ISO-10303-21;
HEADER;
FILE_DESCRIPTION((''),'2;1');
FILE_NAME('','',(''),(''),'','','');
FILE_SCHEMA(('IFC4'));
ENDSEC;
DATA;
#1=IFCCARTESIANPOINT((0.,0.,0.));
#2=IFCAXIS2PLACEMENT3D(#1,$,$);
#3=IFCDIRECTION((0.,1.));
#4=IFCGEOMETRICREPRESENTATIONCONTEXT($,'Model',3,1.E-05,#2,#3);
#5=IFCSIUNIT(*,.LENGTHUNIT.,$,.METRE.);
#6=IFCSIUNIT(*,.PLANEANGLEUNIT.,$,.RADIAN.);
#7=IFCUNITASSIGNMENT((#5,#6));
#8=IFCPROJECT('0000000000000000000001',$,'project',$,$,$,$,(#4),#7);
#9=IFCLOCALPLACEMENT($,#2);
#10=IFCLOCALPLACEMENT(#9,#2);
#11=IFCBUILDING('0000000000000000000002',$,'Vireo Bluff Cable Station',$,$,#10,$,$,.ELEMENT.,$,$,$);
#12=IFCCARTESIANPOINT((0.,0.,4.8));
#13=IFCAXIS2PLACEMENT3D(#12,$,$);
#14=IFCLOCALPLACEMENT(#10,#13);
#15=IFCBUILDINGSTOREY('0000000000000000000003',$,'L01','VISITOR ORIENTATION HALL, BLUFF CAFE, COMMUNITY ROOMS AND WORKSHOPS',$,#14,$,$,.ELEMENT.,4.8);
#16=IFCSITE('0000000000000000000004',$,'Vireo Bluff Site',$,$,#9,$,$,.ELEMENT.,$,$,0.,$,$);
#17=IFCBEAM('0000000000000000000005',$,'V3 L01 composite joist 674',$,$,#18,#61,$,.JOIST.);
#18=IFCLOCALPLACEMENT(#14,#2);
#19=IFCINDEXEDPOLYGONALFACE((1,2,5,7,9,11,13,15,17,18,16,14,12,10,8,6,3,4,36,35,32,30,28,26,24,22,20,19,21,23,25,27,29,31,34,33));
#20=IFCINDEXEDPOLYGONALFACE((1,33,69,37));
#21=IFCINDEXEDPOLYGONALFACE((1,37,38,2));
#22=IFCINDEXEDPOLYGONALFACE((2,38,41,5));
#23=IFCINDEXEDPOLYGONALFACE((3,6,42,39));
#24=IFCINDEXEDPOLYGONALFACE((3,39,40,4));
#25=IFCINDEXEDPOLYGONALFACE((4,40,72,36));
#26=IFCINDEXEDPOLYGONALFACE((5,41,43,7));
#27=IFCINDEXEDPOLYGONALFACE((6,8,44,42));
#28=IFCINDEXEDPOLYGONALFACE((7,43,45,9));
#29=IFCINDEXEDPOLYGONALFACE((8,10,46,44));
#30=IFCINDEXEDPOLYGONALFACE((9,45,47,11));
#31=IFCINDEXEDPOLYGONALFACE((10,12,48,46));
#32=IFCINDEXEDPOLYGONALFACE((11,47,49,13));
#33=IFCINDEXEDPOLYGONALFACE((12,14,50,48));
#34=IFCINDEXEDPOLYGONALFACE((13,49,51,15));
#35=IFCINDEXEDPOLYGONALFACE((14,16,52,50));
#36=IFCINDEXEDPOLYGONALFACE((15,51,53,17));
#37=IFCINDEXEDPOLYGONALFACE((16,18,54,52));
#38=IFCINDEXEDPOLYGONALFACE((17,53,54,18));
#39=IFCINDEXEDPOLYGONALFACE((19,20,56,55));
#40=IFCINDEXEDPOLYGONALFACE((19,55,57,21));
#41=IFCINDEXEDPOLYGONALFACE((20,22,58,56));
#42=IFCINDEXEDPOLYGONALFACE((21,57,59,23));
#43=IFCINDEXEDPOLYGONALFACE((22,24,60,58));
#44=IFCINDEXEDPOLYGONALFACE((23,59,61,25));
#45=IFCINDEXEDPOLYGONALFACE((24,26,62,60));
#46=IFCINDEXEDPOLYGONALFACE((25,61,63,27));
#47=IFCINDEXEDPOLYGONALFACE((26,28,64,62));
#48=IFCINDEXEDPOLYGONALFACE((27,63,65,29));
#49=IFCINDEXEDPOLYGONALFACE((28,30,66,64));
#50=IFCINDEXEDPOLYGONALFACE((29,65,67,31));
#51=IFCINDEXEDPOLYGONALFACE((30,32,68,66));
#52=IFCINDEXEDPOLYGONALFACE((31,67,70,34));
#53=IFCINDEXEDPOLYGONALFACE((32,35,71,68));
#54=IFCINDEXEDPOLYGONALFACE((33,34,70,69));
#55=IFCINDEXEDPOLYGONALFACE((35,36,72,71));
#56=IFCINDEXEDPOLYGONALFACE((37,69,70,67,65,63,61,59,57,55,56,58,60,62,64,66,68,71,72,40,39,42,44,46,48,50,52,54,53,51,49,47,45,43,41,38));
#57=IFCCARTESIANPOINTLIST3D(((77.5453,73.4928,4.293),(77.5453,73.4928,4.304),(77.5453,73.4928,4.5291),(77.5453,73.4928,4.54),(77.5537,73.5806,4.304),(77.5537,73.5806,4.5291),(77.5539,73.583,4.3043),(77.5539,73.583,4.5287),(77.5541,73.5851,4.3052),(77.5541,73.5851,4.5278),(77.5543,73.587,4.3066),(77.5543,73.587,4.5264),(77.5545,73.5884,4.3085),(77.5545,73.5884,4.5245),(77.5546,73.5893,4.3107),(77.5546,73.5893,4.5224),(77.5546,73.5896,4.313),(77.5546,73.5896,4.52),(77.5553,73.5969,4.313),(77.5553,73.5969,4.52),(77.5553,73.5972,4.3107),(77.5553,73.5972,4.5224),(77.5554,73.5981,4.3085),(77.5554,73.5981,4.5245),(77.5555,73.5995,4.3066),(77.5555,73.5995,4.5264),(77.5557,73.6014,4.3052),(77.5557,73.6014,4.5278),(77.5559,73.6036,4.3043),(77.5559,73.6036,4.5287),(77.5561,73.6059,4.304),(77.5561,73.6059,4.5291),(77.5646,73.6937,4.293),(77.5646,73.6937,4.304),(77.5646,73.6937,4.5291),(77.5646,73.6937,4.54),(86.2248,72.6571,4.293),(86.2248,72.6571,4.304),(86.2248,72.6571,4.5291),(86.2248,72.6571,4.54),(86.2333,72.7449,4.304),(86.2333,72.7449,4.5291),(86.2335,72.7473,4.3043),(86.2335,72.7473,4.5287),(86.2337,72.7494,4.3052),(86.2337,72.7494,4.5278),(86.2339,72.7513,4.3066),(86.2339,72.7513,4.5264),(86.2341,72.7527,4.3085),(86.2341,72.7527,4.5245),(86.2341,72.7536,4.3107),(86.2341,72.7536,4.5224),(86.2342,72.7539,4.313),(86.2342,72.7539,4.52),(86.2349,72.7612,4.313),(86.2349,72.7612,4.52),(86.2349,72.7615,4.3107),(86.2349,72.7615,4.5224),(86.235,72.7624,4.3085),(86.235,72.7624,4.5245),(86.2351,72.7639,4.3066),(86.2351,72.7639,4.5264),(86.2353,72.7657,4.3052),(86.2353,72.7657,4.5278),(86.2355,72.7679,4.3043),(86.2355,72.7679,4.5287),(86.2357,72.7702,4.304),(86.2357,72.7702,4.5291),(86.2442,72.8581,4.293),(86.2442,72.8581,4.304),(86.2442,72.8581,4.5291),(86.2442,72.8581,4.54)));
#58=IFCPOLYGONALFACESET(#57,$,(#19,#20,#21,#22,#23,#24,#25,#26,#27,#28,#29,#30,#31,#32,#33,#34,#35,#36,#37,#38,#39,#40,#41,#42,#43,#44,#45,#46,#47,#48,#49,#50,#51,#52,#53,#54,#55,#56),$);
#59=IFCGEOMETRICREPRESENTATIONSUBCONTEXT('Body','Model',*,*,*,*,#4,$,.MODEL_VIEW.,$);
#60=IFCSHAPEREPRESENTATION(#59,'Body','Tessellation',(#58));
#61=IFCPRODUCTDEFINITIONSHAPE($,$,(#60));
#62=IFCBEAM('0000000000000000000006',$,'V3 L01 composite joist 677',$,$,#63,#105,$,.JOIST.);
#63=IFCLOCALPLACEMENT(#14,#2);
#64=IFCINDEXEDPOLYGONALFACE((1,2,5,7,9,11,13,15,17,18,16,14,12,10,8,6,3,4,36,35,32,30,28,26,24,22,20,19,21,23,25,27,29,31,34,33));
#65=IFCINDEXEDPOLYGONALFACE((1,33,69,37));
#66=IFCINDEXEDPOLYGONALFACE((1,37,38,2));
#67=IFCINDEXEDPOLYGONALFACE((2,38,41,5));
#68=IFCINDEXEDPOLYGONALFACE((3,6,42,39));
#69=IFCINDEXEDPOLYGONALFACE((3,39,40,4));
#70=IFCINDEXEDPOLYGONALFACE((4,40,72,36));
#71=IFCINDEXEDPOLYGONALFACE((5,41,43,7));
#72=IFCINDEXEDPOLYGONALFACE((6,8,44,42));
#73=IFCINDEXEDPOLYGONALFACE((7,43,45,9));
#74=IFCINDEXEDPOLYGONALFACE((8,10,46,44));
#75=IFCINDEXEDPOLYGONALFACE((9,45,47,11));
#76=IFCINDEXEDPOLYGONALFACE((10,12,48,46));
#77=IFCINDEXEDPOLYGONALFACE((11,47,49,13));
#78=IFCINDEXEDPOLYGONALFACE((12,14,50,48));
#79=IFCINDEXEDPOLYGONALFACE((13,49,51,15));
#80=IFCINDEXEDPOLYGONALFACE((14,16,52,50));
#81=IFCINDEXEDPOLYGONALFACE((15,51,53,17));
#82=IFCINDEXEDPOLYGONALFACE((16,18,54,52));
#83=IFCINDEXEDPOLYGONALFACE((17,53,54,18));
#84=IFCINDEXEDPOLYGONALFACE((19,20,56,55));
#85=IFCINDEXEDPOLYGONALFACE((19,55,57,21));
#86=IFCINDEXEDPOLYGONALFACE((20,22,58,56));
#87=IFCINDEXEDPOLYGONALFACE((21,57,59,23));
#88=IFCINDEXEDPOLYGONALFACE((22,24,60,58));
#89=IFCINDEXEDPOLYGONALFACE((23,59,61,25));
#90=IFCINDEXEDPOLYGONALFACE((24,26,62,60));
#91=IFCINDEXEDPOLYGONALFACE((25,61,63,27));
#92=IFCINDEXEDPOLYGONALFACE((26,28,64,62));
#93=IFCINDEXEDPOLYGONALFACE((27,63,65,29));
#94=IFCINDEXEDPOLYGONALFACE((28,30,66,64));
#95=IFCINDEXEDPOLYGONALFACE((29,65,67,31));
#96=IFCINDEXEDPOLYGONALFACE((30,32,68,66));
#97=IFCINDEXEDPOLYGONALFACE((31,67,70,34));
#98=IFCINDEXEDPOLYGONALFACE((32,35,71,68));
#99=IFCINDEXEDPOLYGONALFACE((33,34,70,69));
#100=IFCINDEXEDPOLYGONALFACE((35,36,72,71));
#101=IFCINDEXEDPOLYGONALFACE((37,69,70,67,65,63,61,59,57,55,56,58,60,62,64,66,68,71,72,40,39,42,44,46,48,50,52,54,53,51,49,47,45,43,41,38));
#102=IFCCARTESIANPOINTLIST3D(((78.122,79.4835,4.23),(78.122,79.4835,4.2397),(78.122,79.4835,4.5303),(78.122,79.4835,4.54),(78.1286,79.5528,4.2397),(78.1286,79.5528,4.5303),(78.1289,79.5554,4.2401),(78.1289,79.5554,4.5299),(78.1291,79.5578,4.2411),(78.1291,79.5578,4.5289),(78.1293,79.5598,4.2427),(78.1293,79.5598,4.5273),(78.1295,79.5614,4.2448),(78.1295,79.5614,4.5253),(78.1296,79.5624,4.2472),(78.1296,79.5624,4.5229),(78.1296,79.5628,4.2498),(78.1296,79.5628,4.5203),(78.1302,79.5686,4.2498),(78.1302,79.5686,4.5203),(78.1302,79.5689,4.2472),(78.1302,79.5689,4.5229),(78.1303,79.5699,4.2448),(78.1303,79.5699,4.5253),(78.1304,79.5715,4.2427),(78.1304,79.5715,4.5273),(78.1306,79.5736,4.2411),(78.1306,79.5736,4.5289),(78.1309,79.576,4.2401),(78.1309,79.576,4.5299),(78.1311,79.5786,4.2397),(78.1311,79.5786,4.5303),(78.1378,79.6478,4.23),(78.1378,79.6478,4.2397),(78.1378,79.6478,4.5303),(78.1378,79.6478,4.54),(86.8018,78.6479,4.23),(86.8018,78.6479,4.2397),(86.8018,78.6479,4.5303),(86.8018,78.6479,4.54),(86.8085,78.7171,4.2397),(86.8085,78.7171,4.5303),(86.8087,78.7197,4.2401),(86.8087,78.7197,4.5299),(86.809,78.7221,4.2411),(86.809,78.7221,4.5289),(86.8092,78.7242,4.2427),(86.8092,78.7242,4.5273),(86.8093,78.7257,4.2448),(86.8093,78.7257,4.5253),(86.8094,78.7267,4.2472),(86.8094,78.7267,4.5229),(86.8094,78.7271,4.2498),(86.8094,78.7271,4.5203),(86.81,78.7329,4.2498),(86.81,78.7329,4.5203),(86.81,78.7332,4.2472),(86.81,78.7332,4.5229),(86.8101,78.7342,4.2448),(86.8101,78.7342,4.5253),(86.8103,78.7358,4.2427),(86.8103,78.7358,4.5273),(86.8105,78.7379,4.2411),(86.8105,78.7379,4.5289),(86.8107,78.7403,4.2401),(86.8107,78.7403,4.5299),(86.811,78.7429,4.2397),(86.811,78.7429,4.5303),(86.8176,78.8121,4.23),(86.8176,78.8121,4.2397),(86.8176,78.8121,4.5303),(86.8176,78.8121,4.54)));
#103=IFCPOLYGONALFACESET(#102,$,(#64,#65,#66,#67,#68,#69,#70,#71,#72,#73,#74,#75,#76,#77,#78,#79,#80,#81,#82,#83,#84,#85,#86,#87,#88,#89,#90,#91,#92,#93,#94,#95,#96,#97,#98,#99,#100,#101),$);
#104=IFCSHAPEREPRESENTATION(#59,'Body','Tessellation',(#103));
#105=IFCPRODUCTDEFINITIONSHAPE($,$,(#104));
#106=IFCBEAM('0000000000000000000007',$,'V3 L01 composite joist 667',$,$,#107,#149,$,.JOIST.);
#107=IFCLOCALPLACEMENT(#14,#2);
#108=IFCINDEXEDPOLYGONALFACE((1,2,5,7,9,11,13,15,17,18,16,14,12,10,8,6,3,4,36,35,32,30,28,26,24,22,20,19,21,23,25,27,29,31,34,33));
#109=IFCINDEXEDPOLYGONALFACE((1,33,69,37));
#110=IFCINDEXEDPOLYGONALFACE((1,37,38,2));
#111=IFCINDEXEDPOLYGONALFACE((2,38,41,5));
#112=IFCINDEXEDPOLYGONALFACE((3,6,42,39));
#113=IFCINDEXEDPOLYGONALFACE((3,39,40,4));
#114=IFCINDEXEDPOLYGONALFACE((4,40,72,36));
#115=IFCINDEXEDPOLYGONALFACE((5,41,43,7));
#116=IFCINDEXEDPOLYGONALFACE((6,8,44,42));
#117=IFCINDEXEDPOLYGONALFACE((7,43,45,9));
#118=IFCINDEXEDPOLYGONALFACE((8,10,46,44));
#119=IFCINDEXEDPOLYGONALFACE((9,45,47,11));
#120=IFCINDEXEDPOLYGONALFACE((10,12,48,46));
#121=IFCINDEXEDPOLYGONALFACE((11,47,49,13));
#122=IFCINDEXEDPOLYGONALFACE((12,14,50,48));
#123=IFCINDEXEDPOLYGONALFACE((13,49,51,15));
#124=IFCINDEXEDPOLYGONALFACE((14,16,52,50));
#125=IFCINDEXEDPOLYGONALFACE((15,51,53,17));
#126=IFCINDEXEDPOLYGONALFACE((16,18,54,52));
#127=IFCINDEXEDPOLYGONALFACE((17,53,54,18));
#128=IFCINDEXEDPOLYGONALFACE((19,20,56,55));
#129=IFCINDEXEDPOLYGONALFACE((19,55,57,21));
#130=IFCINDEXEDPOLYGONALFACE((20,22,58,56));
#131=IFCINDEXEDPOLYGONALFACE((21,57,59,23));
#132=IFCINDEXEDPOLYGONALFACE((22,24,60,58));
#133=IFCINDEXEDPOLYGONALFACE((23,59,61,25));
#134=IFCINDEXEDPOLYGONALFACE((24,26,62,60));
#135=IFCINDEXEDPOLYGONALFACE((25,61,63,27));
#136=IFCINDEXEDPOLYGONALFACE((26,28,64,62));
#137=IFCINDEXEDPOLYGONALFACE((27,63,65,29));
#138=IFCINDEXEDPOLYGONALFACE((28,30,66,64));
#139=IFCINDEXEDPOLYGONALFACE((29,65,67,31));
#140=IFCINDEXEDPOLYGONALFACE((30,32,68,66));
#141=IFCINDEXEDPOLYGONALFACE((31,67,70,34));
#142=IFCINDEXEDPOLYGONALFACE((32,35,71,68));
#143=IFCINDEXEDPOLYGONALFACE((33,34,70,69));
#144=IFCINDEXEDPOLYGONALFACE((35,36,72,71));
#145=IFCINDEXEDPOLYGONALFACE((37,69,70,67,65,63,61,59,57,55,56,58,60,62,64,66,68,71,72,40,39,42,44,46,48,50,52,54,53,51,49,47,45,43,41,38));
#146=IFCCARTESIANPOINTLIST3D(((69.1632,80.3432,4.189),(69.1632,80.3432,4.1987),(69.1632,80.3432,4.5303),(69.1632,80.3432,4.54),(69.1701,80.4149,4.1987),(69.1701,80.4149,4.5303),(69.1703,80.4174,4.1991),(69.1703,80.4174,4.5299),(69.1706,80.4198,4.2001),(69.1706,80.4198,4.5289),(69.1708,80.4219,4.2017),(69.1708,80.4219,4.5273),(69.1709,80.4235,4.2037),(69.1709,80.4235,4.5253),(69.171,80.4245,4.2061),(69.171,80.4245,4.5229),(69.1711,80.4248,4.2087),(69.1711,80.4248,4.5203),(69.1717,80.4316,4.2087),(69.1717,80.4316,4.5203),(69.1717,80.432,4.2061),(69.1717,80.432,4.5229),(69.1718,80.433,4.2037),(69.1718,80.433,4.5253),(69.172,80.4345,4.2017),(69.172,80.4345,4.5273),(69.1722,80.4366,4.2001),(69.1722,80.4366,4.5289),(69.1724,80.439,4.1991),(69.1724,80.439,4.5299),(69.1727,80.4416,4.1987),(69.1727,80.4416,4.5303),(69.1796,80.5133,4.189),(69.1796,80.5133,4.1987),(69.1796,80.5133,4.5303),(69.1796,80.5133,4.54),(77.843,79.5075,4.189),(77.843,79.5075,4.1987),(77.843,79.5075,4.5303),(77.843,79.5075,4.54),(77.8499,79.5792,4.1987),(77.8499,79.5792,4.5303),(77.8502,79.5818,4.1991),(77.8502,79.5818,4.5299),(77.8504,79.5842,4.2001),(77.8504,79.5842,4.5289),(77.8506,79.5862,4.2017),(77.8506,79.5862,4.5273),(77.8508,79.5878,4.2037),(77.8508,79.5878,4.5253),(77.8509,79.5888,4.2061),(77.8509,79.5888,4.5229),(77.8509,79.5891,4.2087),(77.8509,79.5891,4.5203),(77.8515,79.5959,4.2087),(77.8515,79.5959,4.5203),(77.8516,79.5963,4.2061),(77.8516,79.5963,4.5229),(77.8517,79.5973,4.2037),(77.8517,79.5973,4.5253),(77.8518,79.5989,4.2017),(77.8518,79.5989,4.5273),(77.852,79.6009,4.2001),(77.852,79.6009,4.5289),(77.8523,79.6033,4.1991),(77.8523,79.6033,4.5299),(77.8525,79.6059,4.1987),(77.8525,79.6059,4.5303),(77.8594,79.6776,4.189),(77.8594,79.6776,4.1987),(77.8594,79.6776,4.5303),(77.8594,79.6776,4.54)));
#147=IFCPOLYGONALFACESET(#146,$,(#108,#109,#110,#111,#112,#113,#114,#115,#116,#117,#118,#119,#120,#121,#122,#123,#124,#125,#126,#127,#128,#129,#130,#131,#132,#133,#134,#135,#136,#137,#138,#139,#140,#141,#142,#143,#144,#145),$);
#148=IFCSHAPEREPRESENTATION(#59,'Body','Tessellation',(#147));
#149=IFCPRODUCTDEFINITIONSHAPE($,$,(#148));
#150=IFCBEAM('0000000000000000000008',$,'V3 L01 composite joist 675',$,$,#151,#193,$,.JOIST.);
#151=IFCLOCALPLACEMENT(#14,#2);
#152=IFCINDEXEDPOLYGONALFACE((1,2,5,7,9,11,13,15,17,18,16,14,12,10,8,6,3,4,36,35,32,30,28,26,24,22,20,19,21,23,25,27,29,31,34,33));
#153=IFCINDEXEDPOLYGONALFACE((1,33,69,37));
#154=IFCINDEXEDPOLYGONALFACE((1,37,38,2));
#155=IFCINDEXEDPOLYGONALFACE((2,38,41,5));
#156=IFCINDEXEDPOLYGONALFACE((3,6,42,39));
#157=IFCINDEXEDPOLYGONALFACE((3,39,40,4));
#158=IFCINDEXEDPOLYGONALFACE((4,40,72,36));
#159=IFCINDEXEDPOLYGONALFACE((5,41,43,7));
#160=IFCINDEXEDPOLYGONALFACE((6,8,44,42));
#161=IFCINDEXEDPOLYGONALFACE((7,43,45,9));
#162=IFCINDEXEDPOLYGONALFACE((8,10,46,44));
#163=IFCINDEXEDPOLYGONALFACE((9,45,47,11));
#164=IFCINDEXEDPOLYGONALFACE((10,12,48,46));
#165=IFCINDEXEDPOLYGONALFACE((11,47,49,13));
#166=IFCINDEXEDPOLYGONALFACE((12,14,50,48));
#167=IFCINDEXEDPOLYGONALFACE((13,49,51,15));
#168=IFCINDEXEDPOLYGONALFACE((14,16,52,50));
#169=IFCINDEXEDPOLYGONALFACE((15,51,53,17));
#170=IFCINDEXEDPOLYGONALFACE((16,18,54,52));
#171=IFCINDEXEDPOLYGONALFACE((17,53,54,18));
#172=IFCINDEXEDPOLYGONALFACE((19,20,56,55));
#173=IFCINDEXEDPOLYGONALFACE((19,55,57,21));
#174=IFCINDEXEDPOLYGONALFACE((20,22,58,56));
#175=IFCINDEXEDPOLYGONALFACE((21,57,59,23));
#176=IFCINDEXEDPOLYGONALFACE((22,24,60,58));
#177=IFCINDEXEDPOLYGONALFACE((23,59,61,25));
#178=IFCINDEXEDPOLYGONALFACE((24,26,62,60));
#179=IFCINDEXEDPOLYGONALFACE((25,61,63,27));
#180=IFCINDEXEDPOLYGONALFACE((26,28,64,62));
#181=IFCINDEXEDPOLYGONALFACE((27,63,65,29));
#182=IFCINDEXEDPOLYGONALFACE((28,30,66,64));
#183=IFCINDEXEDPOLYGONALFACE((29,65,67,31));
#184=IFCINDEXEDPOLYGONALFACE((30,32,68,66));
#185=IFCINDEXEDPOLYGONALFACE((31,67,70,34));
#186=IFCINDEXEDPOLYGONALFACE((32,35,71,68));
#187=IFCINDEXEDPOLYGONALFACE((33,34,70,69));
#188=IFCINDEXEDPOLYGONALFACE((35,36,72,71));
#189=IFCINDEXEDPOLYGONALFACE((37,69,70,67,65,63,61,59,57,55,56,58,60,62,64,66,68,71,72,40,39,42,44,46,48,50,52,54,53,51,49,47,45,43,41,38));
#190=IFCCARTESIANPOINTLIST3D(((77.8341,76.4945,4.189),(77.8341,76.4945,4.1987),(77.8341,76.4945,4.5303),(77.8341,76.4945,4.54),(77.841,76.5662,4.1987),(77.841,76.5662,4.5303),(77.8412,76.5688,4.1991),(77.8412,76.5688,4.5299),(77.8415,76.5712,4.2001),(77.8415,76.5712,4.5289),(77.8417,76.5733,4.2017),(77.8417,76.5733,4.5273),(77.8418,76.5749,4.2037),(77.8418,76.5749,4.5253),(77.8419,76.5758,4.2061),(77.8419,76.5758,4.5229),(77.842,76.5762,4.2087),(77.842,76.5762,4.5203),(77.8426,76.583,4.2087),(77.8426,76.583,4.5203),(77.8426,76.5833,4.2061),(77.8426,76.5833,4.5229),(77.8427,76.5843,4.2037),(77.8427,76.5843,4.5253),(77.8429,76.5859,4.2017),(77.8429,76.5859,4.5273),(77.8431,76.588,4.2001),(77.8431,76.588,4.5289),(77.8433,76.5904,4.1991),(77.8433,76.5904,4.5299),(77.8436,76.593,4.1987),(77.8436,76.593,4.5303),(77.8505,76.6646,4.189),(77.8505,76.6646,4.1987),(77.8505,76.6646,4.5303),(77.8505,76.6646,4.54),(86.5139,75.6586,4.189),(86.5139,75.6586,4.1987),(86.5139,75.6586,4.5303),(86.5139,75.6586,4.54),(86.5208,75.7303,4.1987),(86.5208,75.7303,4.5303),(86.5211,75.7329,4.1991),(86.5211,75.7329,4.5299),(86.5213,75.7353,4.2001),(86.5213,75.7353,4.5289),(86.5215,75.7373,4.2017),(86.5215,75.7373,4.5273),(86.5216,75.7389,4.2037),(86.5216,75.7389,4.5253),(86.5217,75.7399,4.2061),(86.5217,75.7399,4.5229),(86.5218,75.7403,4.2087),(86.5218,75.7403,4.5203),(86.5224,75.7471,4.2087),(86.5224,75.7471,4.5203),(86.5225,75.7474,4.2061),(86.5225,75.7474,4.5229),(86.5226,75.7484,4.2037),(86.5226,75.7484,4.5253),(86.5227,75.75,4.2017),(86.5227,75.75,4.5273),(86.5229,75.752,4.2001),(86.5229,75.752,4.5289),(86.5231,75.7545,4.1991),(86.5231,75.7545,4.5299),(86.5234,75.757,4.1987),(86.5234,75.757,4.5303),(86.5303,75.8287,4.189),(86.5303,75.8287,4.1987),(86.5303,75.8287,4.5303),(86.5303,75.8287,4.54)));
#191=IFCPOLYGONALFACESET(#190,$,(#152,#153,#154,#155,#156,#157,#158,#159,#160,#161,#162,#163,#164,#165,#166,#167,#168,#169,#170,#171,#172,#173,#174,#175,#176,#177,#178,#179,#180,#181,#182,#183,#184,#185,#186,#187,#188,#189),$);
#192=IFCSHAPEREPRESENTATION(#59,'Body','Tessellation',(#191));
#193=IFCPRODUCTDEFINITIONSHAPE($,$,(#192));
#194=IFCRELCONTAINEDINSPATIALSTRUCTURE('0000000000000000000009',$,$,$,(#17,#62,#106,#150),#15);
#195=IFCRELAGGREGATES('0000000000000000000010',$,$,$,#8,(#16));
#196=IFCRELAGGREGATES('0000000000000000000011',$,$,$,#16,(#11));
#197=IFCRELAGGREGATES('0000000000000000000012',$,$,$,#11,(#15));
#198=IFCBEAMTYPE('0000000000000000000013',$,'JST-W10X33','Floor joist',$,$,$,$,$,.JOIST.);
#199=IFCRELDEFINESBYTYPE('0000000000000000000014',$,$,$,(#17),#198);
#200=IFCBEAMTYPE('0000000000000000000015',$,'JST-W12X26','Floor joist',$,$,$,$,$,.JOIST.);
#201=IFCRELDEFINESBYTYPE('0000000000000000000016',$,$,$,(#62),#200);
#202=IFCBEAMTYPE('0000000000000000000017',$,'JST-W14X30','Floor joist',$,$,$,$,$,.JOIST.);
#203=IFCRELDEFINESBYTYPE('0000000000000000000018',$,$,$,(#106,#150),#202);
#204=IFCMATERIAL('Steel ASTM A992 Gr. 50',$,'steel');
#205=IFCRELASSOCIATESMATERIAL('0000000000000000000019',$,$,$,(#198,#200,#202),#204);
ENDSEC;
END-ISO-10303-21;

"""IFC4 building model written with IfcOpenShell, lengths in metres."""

from ifc_helpers import new_model, si_unit, direction, frame, origin, origin_2d, place, context, subcontext, project, spatial, i_section, extrude, material, material_profile, profile_set, type_object, element, save


model = new_model("IFC4")

# Units and contexts
model_context = context("Model", 3, precision=1e-05, world=origin(), true_north=direction((0.0, 1.0)))
body_context = subcontext(model_context, "Body", "Model", "MODEL_VIEW")
ifc_project = project(units=[si_unit("LENGTHUNIT", "METRE"), si_unit("PLANEANGLEUNIT", "RADIAN")], contexts=[model_context])

# Site, building, storey
site_placement = place(None, origin())
site = spatial("IfcSite", under=ifc_project, at=site_placement, Name="Vireo Bluff Site", CompositionType="ELEMENT", RefElevation=0.0)
building_placement = place(site_placement, origin())
building = spatial("IfcBuilding", under=site, at=building_placement, Name="Vireo Bluff Cable Station", CompositionType="ELEMENT")
storey_placement = place(building_placement, frame((0.0, 0.0, 4.8)))
storey = spatial("IfcBuildingStorey", under=building, at=storey_placement, Name="L01", Description="VISITOR ORIENTATION HALL, BLUFF CAFE, COMMUNITY ROOMS AND WORKSHOPS", CompositionType="ELEMENT", Elevation=4.8)

# Shared definitions
ifc_material_1 = material(Name="Steel ASTM A992 Gr. 50", Category="steel")

# Beams
ifc_material_profile_1 = material_profile(ifc_material_1, i_section(OverallWidth=0.2019, OverallDepth=0.2471, WebThickness=0.0073, FlangeThickness=0.011, FilletRadius=0.009, at=origin_2d()), Name="W10X33")
ifc_profile_set_1 = profile_set([ifc_material_profile_1], Name="Steel ASTM A992 Gr. 50")
beam_type_1 = type_object("IfcBeamType", Name="JST-W10X33", Description="Floor joist", PredefinedType="JOIST", material=ifc_profile_set_1)
beam_1_placement = place(storey_placement, frame((77.5549, 73.5933, 4.4165), z_axis=(0.995397, -0.095838, 0.0), x_axis=(0.095838, 0.995397, 0.0)))
element("IfcBeam", 1, at=beam_1_placement, inside=storey, type_object=beam_type_1, Name="V3 L01 composite joist 674", PredefinedType="JOIST", context=body_context, shape_type="SweptSolid", body=[
    extrude(i_section(OverallWidth=0.2019, OverallDepth=0.2471, WebThickness=0.0073, FlangeThickness=0.011, FilletRadius=0.009, at=origin_2d()), origin(), (0.0, 0.0, 1.0), 8.7197),
])
ifc_material_profile_2 = material_profile(ifc_material_1, i_section(OverallWidth=0.165, OverallDepth=0.3101, WebThickness=0.0059, FlangeThickness=0.0098, FilletRadius=0.01, at=origin_2d()), Name="W12X26")
ifc_profile_set_2 = profile_set([ifc_material_profile_2], Name="Steel ASTM A992 Gr. 50")
beam_type_2 = type_object("IfcBeamType", Name="JST-W12X26", Description="Floor joist", PredefinedType="JOIST", material=ifc_profile_set_2)
beam_2_placement = place(storey_placement, frame((78.1299, 79.5657, 4.385), z_axis=(0.995397, -0.095836, 0.0), x_axis=(0.095836, 0.995397, 0.0)))
element("IfcBeam", 2, at=beam_2_placement, inside=storey, type_object=beam_type_2, Name="V3 L01 composite joist 677", PredefinedType="JOIST", context=body_context, shape_type="SweptSolid", body=[
    extrude(i_section(OverallWidth=0.165, OverallDepth=0.3101, WebThickness=0.0059, FlangeThickness=0.0098, FilletRadius=0.01, at=origin_2d()), origin(), (0.0, 0.0, 1.0), 8.72),
])
ifc_material_profile_3 = material_profile(ifc_material_1, i_section(OverallWidth=0.1709, OverallDepth=0.3511, WebThickness=0.0068, FlangeThickness=0.0098, FilletRadius=0.01, at=origin_2d()), Name="W14X30")
ifc_profile_set_3 = profile_set([ifc_material_profile_3], Name="Steel ASTM A992 Gr. 50")
beam_type_3 = type_object("IfcBeamType", Name="JST-W14X30", Description="Floor joist", PredefinedType="JOIST", material=ifc_profile_set_3)
for number, where, z_axis, x_axis, name in (
    (3, (69.1714, 80.4282, 4.3645), (0.995397, -0.095836, 0.0), (0.095836, 0.995397, 0.0), "V3 L01 composite joist 667"),
    (4, (77.8423, 76.5796, 4.3645), (0.995395, -0.095863, 0.0), (0.095863, 0.995395, 0.0), "V3 L01 composite joist 675"),
):
    element("IfcBeam", number, at=place(storey_placement, frame(where, z_axis=z_axis, x_axis=x_axis)), inside=storey, type_object=beam_type_3, Name=name, PredefinedType="JOIST", context=body_context, shape_type="SweptSolid", body=[
        extrude(i_section(OverallWidth=0.1709, OverallDepth=0.3511, WebThickness=0.0068, FlangeThickness=0.0098, FilletRadius=0.01, at=origin_2d()), origin(), (0.0, 0.0, 1.0), 8.72),
    ])

save(model, "model.ifc")
